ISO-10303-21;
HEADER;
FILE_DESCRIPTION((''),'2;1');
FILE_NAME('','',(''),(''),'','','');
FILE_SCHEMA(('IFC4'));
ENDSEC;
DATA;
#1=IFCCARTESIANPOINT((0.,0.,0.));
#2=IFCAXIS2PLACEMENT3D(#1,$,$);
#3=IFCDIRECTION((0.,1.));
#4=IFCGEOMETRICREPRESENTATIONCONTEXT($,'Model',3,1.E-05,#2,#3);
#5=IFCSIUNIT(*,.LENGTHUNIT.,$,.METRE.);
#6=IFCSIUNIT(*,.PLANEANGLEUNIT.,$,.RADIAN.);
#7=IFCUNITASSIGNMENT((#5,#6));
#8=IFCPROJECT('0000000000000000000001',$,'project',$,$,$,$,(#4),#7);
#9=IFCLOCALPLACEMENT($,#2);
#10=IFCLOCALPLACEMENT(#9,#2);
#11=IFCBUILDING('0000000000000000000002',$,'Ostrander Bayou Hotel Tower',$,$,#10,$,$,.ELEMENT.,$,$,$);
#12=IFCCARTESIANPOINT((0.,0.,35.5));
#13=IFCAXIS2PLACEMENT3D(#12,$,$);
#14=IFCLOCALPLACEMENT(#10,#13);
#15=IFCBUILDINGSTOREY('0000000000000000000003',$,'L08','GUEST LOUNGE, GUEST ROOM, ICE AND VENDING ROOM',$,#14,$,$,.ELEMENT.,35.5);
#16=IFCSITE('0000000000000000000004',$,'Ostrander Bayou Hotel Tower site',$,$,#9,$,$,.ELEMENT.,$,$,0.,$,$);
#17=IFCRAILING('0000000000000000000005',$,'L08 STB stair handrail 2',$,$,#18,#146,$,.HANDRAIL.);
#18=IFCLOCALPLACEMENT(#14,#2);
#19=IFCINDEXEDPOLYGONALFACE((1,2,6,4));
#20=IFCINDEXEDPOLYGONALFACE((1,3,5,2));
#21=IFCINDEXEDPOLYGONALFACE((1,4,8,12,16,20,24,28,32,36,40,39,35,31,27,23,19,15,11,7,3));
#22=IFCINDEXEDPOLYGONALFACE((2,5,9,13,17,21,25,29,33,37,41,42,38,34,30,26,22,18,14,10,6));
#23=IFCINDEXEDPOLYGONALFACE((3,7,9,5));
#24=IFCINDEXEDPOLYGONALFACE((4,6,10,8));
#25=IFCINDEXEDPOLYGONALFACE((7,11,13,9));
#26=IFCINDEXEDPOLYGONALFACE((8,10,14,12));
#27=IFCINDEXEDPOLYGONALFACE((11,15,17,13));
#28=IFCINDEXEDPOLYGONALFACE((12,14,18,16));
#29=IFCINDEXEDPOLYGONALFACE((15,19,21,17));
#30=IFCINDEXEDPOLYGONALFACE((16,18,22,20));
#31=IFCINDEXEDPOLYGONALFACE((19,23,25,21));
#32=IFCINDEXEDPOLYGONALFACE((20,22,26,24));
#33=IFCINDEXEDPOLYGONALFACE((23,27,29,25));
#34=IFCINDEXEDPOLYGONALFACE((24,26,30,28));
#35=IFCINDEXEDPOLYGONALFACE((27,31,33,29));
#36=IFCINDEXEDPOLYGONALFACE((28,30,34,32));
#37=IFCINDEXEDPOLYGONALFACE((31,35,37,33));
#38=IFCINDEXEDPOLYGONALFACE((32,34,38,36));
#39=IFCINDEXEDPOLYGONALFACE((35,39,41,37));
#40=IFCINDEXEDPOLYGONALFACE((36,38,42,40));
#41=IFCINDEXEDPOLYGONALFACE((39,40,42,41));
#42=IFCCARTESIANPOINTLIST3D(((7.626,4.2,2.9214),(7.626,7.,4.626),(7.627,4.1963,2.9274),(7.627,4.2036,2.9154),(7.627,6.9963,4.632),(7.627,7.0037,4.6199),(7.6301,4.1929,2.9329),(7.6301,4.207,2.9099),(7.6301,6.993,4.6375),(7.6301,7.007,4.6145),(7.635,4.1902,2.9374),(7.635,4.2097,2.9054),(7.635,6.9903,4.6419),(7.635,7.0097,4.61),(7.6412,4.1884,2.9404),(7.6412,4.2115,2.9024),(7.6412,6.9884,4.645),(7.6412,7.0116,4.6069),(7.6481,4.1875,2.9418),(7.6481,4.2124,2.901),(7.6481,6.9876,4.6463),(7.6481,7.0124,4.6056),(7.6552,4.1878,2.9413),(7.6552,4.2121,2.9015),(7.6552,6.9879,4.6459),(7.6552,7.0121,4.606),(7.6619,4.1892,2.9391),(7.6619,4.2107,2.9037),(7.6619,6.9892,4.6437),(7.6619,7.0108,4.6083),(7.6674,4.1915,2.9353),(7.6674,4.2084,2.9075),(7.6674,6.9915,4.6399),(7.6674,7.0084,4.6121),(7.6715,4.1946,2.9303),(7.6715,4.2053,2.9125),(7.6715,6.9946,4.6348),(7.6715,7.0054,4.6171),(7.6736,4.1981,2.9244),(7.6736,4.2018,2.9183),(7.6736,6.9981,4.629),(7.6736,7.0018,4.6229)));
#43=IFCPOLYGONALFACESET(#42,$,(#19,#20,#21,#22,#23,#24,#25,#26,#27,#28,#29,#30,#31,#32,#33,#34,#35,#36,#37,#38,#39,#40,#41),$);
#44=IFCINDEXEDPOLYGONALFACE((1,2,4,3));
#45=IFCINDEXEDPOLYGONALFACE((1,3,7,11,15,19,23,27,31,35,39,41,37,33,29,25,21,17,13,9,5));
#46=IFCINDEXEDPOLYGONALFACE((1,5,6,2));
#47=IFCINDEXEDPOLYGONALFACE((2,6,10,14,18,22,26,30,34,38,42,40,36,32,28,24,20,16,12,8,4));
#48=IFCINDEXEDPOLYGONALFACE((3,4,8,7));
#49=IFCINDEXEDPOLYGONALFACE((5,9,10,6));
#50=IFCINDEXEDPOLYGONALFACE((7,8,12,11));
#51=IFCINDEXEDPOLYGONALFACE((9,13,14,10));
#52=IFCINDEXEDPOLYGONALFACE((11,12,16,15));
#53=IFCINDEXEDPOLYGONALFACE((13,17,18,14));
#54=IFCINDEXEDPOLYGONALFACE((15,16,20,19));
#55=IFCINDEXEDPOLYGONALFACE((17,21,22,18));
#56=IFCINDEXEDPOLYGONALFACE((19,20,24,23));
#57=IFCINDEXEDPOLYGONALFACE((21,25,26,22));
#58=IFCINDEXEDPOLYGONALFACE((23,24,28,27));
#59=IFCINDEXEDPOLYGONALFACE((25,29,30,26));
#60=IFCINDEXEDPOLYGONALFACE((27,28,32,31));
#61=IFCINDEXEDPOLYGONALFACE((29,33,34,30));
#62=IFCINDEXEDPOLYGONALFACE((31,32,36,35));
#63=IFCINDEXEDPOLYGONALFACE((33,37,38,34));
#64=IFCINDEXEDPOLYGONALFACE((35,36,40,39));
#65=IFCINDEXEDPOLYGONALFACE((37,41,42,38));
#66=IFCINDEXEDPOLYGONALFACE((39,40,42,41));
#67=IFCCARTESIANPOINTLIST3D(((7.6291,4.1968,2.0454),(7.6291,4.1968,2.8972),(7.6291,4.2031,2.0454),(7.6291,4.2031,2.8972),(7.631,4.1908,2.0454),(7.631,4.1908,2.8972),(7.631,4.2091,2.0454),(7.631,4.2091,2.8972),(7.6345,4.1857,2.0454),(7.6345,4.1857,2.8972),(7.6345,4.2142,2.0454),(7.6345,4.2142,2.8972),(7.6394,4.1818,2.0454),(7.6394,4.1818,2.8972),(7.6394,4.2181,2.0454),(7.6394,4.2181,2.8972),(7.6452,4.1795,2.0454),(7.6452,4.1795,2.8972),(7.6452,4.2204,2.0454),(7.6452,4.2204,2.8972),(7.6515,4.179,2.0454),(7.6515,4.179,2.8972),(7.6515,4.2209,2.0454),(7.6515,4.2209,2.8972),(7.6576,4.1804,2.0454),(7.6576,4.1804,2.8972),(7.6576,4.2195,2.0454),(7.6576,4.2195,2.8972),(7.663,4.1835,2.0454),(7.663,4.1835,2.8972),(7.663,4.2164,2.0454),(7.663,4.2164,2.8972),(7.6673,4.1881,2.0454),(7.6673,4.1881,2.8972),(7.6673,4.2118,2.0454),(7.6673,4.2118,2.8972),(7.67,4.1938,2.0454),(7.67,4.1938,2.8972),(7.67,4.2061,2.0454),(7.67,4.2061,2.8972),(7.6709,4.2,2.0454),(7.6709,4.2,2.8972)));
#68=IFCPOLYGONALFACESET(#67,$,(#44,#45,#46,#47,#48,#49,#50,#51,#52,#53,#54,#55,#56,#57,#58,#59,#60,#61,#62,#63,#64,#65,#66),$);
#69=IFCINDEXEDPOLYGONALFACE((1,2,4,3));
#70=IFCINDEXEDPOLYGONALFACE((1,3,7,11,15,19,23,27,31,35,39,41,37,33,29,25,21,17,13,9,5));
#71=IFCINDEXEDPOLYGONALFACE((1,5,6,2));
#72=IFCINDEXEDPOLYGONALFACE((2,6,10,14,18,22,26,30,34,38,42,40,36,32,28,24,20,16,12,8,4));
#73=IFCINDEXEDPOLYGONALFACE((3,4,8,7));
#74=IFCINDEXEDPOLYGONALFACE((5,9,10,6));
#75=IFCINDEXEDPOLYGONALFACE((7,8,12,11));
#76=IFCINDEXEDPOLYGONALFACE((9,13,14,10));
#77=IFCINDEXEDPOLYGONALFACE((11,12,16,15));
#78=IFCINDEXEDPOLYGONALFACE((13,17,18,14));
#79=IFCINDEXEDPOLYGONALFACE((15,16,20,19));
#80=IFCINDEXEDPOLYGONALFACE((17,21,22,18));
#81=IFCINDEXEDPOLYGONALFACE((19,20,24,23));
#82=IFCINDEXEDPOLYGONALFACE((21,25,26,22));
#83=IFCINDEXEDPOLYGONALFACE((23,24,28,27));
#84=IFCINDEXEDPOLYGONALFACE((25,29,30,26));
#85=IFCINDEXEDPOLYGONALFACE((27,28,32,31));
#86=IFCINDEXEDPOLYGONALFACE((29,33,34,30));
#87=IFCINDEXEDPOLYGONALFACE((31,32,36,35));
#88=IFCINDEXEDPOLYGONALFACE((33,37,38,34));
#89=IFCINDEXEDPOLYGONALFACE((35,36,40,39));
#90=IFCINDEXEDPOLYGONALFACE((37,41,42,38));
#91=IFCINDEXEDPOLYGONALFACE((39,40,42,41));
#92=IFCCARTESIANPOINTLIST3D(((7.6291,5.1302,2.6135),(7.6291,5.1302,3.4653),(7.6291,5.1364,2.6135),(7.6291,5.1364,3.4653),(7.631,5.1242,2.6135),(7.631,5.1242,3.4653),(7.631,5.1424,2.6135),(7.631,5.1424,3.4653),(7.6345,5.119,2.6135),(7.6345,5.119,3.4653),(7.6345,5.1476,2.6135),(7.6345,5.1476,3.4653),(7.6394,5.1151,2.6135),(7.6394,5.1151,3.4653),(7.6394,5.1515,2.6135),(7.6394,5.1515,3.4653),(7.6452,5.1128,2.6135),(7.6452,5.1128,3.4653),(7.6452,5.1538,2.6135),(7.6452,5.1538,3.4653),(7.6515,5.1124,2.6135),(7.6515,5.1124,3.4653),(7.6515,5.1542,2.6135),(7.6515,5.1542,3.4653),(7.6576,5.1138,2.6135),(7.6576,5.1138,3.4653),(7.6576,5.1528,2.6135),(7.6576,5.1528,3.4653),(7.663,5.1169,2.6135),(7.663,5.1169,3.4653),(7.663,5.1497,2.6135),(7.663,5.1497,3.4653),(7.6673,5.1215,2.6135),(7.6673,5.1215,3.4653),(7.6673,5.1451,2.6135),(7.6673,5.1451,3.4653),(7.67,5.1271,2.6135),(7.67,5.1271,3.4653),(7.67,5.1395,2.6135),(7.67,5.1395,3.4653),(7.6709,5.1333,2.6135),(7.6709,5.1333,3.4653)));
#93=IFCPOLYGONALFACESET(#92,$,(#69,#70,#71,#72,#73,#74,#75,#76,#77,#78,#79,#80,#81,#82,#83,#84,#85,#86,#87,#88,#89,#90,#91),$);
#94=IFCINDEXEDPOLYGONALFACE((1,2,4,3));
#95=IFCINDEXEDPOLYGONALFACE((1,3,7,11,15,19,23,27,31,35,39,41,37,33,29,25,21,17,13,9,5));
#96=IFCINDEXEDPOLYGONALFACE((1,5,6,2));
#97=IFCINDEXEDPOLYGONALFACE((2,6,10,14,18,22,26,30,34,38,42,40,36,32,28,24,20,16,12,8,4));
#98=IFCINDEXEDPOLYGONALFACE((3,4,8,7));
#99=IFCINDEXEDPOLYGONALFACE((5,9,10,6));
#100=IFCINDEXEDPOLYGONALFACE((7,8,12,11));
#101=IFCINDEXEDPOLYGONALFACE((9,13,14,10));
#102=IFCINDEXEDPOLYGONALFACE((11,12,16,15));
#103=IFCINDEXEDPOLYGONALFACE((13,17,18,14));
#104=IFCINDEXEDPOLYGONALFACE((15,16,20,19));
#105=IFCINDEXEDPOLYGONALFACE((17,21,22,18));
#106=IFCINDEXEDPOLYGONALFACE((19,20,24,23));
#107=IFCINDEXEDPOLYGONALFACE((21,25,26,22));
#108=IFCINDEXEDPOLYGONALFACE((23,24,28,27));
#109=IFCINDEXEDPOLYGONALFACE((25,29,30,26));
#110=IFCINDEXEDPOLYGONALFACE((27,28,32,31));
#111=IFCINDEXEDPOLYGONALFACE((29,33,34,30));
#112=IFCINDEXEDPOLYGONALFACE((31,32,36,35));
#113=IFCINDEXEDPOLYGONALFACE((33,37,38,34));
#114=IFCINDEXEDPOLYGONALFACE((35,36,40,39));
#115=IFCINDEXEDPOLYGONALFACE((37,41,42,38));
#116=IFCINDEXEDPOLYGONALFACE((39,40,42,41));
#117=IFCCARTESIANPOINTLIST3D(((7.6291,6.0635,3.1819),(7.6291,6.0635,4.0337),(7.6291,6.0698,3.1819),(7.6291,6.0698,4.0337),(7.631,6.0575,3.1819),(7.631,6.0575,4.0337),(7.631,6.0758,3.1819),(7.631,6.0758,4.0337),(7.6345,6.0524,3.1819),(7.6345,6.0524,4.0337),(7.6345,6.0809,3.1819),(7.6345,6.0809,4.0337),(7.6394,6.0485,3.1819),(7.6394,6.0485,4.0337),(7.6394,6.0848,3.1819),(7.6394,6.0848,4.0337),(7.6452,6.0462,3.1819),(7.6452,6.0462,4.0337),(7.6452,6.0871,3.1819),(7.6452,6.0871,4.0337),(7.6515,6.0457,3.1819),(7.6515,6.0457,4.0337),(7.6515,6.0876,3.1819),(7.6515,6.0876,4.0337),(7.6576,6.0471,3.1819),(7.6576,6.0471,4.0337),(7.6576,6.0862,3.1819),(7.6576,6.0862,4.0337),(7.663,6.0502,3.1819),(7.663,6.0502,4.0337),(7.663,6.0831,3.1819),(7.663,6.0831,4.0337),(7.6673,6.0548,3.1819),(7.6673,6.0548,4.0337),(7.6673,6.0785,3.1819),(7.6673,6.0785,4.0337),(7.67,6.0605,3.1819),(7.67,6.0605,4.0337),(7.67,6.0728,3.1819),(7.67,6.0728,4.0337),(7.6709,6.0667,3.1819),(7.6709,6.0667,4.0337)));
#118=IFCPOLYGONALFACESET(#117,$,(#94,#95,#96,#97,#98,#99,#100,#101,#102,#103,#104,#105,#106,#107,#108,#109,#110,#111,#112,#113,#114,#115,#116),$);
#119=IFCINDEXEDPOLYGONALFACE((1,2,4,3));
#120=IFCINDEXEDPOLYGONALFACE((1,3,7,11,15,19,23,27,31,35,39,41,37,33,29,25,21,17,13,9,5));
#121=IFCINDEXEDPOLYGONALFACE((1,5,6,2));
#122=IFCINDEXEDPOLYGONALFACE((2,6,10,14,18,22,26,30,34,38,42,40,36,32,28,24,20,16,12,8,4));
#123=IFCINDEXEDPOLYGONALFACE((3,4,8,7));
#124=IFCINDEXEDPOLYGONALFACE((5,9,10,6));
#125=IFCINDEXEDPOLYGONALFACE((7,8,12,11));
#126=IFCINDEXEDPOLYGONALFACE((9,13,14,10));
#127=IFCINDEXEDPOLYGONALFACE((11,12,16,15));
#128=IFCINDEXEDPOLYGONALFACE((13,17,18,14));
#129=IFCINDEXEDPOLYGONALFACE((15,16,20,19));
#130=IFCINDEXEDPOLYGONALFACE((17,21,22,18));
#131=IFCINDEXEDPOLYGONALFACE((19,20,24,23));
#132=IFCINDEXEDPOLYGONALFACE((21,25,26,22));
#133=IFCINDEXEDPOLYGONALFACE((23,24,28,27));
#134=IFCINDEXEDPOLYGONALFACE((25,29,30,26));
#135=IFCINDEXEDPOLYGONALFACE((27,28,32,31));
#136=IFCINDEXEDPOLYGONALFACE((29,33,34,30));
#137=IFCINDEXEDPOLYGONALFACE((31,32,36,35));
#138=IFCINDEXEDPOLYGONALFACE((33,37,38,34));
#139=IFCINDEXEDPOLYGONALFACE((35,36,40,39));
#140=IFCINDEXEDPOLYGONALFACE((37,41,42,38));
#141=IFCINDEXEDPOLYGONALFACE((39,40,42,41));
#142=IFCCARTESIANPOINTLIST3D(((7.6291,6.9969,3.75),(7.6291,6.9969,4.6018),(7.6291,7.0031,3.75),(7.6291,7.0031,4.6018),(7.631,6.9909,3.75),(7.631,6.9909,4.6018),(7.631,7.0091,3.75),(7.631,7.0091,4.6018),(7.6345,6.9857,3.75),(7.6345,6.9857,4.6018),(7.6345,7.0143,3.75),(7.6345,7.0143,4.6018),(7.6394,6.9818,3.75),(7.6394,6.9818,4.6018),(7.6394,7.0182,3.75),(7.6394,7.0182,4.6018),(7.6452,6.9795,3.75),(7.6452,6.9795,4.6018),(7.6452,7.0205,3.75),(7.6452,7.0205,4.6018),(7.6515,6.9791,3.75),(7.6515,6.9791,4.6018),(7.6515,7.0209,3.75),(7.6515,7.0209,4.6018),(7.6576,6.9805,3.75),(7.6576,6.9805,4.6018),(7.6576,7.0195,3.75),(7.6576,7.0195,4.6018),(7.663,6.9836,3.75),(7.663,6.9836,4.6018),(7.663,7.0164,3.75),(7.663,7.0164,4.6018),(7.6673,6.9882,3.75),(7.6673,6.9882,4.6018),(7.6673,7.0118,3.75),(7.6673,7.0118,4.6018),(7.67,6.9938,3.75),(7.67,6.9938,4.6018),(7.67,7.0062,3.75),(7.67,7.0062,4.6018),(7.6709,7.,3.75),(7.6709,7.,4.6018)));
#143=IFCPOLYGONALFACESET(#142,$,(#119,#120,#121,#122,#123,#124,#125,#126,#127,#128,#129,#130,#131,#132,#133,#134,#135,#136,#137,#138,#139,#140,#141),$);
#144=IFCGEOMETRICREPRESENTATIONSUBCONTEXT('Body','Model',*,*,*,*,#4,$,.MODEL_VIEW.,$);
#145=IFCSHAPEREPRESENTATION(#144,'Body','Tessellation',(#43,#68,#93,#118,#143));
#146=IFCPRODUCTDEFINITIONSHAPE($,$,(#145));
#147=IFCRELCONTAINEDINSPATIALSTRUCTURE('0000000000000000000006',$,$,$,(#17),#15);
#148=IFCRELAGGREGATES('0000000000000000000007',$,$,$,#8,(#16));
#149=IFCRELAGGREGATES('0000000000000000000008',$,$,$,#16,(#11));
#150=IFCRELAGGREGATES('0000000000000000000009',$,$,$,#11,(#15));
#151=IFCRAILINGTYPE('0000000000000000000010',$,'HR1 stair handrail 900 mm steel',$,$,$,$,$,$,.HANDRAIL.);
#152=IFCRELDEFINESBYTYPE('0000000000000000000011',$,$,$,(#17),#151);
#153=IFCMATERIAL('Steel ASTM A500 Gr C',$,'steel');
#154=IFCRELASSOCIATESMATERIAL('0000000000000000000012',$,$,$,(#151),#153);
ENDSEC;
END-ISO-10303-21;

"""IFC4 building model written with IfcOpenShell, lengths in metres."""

from ifc_helpers import new_model, si_unit, direction, frame, origin, origin_2d, place, context, subcontext, project, spatial, circle, extrude, material, type_object, element, save


model = new_model("IFC4")

# Units and contexts
model_context = context("Model", 3, precision=1e-05, world=origin(), true_north=direction((0.0, 1.0)))
body_context = subcontext(model_context, "Body", "Model", "MODEL_VIEW")
ifc_project = project(units=[si_unit("LENGTHUNIT", "METRE"), si_unit("PLANEANGLEUNIT", "RADIAN")], contexts=[model_context])

# Site, building, storey
site_placement = place(None, origin())
site = spatial("IfcSite", under=ifc_project, at=site_placement, Name="Ostrander Bayou Hotel Tower site", CompositionType="ELEMENT", RefElevation=0.0)
building_placement = place(site_placement, origin())
building = spatial("IfcBuilding", under=site, at=building_placement, Name="Ostrander Bayou Hotel Tower", CompositionType="ELEMENT")
storey_placement = place(building_placement, frame((0.0, 0.0, 35.5)))
storey = spatial("IfcBuildingStorey", under=building, at=storey_placement, Name="L08", Description="GUEST LOUNGE, GUEST ROOM, ICE AND VENDING ROOM", CompositionType="ELEMENT", Elevation=35.5)

# Railing
ifc_material_1 = material(Name="Steel ASTM A500 Gr C", Category="steel")
railing_type_1 = type_object("IfcRailingType", Name="HR1 stair handrail 900 mm steel", PredefinedType="HANDRAIL", material=ifc_material_1)
railing_1_placement = place(storey_placement, frame((7.6499, 4.2, 2.0454)))
element("IfcRailing", 1, at=railing_1_placement, inside=storey, type_object=railing_type_1, Name="L08 STB stair handrail 2", PredefinedType="HANDRAIL", context=body_context, shape_type="SweptSolid", body=[
    extrude(circle(Radius=0.0239, at=origin_2d()), frame((0.0, 0.0, 0.876), z_axis=(0.0, 0.85417, 0.519994), x_axis=(-1.0, 0.0, 0.0)), (0.0, 0.0, 1.0), 3.2781),
    extrude(circle(Radius=0.021, at=origin_2d()), origin(), (0.0, 0.0, 1.0), 0.8518),
    extrude(circle(Radius=0.021, at=origin_2d()), frame((0.0, 0.9333, 0.5681)), (0.0, 0.0, 1.0), 0.8518),
    extrude(circle(Radius=0.021, at=origin_2d()), frame((0.0, 1.8667, 1.1365)), (0.0, 0.0, 1.0), 0.8518),
    extrude(circle(Radius=0.021, at=origin_2d()), frame((0.0, 2.8, 1.7046)), (0.0, 0.0, 1.0), 0.8518),
])

save(model, "model.ifc")
